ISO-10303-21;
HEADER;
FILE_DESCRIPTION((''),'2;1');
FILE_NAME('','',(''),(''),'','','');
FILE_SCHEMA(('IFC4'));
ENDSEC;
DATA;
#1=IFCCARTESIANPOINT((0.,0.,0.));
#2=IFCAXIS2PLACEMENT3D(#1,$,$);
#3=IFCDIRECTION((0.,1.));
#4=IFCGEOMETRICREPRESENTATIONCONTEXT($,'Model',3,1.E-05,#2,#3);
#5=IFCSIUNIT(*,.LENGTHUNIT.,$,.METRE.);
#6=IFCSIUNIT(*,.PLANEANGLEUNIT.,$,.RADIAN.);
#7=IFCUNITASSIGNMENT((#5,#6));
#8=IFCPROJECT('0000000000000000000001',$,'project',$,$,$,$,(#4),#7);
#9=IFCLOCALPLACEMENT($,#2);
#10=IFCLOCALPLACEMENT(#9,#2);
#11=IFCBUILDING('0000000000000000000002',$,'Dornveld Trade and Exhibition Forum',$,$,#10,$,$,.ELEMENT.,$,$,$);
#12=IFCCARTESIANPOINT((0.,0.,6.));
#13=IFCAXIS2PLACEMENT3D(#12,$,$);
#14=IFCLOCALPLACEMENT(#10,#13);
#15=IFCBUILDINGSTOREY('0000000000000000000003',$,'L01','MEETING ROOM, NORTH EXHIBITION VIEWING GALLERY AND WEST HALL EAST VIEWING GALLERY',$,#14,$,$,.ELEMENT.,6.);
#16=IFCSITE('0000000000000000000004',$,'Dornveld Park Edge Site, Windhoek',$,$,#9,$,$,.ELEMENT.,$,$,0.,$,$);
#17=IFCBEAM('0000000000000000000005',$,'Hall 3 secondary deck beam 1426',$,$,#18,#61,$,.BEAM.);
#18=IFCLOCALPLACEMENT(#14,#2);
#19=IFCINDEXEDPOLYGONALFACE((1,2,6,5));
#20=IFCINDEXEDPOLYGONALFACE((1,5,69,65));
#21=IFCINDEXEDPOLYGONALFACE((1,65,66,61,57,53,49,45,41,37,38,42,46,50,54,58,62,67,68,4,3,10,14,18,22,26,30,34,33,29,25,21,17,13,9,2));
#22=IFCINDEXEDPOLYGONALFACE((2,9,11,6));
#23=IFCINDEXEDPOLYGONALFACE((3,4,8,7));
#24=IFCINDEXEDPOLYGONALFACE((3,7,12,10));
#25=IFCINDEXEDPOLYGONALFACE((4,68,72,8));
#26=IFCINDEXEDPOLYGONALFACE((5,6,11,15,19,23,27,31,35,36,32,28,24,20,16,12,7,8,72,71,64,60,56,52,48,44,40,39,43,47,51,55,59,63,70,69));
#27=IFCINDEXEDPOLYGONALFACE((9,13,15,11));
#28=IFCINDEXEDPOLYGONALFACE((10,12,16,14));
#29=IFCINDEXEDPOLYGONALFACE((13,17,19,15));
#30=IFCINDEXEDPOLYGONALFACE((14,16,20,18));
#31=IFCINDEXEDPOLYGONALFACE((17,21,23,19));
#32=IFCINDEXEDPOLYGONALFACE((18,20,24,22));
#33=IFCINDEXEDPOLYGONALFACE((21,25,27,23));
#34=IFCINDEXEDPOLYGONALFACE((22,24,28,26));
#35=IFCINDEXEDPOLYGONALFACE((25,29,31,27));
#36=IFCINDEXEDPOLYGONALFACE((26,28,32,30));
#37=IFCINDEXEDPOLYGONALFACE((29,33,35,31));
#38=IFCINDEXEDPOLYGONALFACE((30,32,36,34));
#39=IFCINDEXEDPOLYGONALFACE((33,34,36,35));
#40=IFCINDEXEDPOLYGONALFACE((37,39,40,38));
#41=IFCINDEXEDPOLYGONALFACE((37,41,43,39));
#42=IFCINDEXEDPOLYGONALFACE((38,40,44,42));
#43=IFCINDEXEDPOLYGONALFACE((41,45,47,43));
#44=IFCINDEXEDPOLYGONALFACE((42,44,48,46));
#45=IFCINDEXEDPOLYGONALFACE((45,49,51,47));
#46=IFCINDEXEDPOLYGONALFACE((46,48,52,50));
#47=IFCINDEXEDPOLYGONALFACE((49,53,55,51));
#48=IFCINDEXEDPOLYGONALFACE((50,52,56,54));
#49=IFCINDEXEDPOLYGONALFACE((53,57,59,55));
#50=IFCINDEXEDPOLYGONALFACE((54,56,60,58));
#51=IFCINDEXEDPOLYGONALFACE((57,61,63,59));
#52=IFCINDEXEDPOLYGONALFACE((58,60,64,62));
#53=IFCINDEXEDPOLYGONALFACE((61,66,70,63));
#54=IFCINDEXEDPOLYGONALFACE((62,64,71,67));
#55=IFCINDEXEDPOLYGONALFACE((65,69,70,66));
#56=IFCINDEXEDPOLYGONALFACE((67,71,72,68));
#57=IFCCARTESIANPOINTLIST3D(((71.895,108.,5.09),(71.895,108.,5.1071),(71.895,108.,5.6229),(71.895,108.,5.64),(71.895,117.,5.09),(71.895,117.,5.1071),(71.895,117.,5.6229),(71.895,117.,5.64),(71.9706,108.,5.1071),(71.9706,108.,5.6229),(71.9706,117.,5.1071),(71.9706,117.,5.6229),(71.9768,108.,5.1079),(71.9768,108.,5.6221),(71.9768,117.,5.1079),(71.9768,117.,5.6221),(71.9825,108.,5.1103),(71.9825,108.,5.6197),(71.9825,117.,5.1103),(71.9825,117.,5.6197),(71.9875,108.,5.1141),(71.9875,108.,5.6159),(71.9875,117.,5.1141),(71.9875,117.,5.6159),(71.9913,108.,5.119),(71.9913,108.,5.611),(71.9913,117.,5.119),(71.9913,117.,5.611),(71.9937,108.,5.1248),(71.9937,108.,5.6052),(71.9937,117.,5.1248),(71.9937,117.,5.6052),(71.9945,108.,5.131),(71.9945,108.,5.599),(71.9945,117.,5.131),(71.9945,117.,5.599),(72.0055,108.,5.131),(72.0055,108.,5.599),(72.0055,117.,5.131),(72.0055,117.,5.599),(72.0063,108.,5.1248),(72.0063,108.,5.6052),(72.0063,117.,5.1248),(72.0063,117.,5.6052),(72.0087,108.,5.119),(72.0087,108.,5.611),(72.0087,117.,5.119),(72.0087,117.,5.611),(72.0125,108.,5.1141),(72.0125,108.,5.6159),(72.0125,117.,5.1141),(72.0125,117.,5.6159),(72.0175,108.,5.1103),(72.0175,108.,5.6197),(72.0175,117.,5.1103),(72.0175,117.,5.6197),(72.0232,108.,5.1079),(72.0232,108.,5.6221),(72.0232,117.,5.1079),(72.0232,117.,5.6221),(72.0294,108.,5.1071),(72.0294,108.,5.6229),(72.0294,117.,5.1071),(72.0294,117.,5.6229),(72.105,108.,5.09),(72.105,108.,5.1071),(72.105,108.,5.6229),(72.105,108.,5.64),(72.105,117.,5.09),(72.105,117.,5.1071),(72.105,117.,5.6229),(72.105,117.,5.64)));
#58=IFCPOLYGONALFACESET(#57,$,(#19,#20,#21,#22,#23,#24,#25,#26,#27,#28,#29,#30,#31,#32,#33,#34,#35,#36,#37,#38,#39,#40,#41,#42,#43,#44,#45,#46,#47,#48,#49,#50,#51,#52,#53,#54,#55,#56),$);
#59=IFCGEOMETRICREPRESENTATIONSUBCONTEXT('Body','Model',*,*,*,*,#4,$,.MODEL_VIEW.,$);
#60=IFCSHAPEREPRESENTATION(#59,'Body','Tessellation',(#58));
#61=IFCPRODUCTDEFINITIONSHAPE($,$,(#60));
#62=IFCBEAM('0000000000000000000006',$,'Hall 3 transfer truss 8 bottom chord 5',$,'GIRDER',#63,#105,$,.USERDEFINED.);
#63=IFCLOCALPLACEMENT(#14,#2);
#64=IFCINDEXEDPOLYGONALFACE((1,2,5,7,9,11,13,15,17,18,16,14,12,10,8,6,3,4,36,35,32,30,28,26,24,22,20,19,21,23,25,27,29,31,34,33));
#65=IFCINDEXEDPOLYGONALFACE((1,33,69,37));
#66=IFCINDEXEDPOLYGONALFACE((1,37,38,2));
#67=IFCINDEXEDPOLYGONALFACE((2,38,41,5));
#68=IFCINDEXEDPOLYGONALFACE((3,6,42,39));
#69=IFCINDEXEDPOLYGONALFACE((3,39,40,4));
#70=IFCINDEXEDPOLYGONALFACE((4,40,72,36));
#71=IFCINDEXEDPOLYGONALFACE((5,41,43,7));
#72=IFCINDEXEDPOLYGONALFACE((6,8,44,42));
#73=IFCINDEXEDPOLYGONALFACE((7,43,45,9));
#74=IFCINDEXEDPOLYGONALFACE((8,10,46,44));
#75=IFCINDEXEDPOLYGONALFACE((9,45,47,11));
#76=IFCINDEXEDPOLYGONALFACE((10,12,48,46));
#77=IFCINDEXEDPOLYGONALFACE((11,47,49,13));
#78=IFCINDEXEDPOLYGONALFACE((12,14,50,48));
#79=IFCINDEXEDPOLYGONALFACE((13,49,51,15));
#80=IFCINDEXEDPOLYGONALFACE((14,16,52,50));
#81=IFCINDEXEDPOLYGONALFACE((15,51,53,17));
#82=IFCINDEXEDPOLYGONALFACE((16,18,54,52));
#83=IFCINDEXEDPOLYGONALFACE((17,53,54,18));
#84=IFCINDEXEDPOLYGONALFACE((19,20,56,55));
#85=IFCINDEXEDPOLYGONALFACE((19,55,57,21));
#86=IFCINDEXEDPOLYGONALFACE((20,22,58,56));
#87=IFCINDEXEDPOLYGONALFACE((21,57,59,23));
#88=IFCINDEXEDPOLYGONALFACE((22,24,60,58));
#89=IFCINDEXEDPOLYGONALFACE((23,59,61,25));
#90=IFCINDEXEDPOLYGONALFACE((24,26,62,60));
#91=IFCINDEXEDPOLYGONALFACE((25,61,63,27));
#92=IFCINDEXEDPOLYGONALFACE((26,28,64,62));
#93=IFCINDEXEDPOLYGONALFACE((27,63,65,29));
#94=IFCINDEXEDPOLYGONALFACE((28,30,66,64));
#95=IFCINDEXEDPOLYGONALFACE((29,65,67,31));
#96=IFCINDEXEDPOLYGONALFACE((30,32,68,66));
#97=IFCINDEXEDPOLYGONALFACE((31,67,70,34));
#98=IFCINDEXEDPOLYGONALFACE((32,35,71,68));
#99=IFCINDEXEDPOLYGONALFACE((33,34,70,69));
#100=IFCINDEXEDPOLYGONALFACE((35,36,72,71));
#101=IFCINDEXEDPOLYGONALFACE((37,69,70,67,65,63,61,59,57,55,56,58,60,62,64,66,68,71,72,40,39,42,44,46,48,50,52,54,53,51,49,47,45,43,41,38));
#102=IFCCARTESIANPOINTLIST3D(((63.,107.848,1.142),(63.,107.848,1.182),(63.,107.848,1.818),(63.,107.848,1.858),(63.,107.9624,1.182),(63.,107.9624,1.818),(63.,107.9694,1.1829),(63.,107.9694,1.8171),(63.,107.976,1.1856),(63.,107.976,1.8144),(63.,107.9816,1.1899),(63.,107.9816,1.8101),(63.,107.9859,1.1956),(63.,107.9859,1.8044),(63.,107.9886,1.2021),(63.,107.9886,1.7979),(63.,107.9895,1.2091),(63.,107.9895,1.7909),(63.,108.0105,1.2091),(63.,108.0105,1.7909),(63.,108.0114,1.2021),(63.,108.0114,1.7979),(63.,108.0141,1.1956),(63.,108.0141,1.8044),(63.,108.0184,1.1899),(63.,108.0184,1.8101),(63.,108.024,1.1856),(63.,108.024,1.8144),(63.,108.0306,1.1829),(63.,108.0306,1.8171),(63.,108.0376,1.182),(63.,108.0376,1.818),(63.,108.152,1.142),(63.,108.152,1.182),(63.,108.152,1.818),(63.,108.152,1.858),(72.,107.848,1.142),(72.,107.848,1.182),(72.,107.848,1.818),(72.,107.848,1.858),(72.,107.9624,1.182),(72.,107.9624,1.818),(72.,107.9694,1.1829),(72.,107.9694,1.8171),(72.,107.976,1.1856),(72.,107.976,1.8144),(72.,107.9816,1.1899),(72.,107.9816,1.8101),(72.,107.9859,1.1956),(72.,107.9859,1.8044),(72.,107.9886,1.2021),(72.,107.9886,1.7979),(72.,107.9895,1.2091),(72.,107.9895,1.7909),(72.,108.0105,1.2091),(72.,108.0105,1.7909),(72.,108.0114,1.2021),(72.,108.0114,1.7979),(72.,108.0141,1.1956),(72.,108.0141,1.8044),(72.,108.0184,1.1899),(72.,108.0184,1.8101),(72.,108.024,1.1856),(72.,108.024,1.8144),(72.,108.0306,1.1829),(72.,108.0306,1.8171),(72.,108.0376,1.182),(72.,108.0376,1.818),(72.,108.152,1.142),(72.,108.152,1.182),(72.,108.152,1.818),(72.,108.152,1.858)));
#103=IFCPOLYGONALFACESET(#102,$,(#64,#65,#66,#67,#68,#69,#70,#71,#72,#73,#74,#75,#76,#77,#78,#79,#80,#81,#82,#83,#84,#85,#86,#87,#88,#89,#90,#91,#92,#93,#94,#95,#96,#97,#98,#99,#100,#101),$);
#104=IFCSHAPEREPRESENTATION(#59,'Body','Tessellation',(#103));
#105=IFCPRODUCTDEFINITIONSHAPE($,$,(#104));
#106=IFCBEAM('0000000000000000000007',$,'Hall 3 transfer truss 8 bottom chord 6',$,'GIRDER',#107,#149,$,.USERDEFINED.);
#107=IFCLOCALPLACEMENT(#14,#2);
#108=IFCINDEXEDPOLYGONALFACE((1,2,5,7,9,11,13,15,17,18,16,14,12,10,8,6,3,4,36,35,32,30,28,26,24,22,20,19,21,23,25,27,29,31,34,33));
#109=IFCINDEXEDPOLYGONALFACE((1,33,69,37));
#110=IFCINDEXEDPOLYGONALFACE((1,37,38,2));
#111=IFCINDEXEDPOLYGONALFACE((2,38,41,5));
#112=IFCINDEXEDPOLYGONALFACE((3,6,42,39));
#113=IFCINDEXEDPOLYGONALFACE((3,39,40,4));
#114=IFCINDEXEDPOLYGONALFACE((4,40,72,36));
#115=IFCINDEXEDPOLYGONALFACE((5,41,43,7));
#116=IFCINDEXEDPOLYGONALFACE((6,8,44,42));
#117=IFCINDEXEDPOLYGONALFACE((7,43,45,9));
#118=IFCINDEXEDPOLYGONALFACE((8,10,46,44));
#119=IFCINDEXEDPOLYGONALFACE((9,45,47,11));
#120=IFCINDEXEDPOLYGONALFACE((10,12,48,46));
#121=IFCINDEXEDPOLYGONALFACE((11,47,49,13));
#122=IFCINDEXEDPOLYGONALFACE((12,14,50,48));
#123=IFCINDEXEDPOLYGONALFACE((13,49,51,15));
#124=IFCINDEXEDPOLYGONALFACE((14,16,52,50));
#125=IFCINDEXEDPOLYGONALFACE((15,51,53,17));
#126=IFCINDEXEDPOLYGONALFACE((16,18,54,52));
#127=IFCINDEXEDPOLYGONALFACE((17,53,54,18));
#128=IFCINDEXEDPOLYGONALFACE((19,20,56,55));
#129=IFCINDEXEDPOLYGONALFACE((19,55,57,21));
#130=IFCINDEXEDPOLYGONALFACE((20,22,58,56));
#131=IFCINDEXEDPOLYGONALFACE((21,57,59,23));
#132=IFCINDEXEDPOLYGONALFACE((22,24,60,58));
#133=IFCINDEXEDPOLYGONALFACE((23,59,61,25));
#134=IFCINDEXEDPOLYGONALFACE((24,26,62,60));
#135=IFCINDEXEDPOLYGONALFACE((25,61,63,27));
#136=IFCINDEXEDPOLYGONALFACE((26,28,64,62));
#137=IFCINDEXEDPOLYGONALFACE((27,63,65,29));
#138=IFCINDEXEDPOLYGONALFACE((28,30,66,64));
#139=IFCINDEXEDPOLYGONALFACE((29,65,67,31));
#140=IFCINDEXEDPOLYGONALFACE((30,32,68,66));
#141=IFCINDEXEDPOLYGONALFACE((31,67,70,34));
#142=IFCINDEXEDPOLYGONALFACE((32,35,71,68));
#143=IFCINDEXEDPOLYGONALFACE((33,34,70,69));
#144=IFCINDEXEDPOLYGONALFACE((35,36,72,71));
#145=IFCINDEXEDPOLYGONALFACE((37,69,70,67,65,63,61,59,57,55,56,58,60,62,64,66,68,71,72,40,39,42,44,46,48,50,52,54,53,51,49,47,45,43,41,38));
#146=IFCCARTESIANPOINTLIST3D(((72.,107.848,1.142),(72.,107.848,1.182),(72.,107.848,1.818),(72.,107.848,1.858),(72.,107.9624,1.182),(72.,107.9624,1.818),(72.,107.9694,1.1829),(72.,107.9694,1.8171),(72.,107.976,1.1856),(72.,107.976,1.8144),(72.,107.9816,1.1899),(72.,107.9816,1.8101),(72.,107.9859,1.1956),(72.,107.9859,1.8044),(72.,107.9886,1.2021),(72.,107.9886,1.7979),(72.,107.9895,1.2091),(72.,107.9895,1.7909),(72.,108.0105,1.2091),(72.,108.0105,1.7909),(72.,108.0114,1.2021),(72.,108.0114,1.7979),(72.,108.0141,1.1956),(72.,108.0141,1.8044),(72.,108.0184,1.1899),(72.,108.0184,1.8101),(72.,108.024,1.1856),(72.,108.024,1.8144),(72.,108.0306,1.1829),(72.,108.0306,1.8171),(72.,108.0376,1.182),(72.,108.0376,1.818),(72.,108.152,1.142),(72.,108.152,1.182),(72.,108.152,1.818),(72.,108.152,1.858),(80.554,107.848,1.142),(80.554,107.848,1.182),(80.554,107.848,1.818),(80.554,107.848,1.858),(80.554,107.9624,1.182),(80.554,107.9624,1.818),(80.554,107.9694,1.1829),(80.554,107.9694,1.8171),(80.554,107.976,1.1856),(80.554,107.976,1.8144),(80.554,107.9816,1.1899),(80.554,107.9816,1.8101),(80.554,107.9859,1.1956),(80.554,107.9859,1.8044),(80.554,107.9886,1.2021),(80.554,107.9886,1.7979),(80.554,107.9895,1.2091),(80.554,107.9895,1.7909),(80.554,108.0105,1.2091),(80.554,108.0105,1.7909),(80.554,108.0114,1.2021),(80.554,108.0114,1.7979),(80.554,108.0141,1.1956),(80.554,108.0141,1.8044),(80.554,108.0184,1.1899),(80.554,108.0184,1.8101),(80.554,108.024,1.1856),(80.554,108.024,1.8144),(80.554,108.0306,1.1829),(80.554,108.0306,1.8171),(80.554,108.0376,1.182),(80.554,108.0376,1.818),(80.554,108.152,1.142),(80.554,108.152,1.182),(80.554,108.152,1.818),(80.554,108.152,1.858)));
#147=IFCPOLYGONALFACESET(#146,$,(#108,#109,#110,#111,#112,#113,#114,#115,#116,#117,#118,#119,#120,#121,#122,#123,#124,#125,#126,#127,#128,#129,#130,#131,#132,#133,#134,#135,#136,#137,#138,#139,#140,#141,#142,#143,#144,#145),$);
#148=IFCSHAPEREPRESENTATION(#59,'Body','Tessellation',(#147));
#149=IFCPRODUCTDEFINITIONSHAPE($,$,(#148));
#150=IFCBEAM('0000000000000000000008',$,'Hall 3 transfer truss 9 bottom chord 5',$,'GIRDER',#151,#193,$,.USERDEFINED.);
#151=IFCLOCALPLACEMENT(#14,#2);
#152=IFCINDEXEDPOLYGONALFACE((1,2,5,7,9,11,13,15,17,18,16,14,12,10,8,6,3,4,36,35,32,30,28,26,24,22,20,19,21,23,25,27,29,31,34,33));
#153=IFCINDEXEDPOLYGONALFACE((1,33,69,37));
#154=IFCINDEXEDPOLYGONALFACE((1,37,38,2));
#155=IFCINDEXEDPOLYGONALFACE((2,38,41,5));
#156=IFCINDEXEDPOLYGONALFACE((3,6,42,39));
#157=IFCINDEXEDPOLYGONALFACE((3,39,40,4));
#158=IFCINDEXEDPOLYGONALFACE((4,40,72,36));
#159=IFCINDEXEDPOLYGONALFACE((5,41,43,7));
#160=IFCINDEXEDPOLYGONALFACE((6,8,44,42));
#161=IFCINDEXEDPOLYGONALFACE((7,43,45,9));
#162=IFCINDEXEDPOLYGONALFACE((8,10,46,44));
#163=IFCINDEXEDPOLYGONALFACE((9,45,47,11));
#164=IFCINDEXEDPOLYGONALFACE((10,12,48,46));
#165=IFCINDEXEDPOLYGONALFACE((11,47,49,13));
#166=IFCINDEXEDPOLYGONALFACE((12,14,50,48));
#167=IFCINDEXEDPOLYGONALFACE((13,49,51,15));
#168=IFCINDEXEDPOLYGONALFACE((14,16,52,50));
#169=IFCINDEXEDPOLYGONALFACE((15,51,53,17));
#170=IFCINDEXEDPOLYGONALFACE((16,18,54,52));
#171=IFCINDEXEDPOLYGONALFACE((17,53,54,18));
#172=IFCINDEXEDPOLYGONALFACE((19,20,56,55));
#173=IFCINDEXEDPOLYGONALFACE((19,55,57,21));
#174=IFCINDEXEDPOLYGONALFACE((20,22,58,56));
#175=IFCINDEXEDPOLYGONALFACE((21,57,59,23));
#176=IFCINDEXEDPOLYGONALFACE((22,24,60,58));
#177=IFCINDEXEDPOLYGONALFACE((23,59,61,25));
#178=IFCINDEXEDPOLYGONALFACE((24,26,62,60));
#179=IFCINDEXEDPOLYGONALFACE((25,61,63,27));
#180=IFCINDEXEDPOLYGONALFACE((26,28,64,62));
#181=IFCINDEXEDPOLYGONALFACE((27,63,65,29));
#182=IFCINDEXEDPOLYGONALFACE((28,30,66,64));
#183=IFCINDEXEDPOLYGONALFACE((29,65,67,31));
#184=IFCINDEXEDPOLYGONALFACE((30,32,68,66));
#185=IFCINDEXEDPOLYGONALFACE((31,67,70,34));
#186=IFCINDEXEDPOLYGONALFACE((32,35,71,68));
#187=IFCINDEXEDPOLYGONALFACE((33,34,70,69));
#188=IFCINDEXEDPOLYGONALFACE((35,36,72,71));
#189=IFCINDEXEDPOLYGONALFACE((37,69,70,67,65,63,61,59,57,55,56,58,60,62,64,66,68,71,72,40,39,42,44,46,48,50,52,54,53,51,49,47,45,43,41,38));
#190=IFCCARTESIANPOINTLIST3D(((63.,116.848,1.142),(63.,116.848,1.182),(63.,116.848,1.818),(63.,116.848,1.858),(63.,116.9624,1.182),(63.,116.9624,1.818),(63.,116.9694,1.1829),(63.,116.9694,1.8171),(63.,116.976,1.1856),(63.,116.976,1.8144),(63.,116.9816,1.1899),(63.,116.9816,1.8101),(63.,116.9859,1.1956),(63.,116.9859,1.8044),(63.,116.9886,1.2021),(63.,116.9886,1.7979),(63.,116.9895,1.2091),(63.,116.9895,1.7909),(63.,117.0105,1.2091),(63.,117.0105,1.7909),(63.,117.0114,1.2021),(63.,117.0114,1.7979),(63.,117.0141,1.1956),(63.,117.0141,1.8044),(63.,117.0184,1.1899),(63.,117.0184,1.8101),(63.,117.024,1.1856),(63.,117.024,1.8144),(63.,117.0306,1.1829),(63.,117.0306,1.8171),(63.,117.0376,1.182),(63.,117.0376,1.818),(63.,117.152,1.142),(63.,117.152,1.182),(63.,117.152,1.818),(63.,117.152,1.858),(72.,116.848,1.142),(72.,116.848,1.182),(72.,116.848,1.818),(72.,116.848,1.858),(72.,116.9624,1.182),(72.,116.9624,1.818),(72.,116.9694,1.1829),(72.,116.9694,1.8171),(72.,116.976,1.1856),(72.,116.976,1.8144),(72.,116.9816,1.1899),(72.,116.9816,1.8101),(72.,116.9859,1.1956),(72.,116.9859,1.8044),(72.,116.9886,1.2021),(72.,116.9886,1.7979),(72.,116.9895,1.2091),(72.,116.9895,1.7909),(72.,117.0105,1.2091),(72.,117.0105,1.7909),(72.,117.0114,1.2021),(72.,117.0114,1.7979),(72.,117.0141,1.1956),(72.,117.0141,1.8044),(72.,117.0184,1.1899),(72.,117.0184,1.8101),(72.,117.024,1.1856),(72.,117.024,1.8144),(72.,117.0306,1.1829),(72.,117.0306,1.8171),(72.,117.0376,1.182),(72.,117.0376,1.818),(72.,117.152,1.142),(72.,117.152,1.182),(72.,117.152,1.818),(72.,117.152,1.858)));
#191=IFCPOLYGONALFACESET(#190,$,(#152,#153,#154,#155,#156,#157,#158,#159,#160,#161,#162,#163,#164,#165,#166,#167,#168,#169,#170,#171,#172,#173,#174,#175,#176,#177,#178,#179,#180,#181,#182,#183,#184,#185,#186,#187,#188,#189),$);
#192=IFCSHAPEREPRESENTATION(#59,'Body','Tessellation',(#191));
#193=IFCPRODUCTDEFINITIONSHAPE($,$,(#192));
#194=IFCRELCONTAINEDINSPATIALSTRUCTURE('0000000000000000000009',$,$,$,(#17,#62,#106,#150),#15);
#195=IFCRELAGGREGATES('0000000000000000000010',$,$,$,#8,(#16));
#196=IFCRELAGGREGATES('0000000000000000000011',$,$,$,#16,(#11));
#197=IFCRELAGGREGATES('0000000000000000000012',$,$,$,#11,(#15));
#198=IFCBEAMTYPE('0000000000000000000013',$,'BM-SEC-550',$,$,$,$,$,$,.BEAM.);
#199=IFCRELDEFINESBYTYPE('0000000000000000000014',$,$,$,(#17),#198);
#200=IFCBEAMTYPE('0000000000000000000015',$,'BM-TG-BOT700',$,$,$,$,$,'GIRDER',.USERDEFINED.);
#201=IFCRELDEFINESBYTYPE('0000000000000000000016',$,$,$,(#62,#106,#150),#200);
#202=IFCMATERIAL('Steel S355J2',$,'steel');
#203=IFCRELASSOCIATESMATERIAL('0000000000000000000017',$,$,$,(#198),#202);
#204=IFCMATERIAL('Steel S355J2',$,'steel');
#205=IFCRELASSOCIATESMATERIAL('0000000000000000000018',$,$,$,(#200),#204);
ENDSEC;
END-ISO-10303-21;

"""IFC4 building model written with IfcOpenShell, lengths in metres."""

from ifc_helpers import new_model, si_unit, direction, frame, origin, origin_2d, place, context, subcontext, project, spatial, i_section, extrude, material, material_profile, profile_set, type_object, element, save


model = new_model("IFC4")

# Units and contexts
model_context = context("Model", 3, precision=1e-05, world=origin(), true_north=direction((0.0, 1.0)))
body_context = subcontext(model_context, "Body", "Model", "MODEL_VIEW")
ifc_project = project(units=[si_unit("LENGTHUNIT", "METRE"), si_unit("PLANEANGLEUNIT", "RADIAN")], contexts=[model_context])

# Site, building, storey
site_placement = place(None, origin())
site = spatial("IfcSite", under=ifc_project, at=site_placement, Name="Dornveld Park Edge Site, Windhoek", CompositionType="ELEMENT", RefElevation=0.0)
building_placement = place(site_placement, origin())
building = spatial("IfcBuilding", under=site, at=building_placement, Name="Dornveld Trade and Exhibition Forum", CompositionType="ELEMENT")
storey_placement = place(building_placement, frame((0.0, 0.0, 6.0)))
storey = spatial("IfcBuildingStorey", under=building, at=storey_placement, Name="L01", Description="MEETING ROOM, NORTH EXHIBITION VIEWING GALLERY AND WEST HALL EAST VIEWING GALLERY", CompositionType="ELEMENT", Elevation=6.0)

# Beams
ifc_material_1 = material(Name="Steel S355J2", Category="steel")
ifc_material_profile_1 = material_profile(ifc_material_1, i_section(OverallWidth=0.21, OverallDepth=0.55, WebThickness=0.011, FlangeThickness=0.0171, FilletRadius=0.0239, at=origin_2d()), Name="IPE 550")
ifc_profile_set_1 = profile_set([ifc_material_profile_1], Name="Steel S355J2")
beam_type_1 = type_object("IfcBeamType", Name="BM-SEC-550", PredefinedType="BEAM", material=ifc_profile_set_1)
beam_1_placement = place(storey_placement, frame((72.0, 108.0, 5.365), z_axis=(0.0, 1.0, 0.0), x_axis=(-1.0, 0.0, 0.0)))
element("IfcBeam", 1, at=beam_1_placement, inside=storey, type_object=beam_type_1, Name="Hall 3 secondary deck beam 1426", PredefinedType="BEAM", context=body_context, shape_type="SweptSolid", body=[
    extrude(i_section(OverallWidth=0.21, OverallDepth=0.55, WebThickness=0.011, FlangeThickness=0.0171, FilletRadius=0.0239, at=origin_2d()), origin(), (0.0, 0.0, 1.0), 9.0),
])
ifc_material_2 = material(Name="Steel S355J2", Category="steel")
ifc_material_profile_2 = material_profile(ifc_material_2, i_section(OverallWidth=0.304, OverallDepth=0.7161, WebThickness=0.021, FlangeThickness=0.04, FilletRadius=0.0271, at=origin_2d()), Name="HEM 700")
ifc_profile_set_2 = profile_set([ifc_material_profile_2], Name="Steel S355J2")
beam_type_2 = type_object("IfcBeamType", Name="BM-TG-BOT700", ElementType="GIRDER", PredefinedType="USERDEFINED", material=ifc_profile_set_2)
beam_2_placement = place(storey_placement, frame((63.0, 108.0, 1.5), z_axis=(1.0, 0.0, 0.0), x_axis=(0.0, 1.0, 0.0)))
element("IfcBeam", 2, at=beam_2_placement, inside=storey, type_object=beam_type_2, Name="Hall 3 transfer truss 8 bottom chord 5", ObjectType="GIRDER", PredefinedType="USERDEFINED", context=body_context, shape_type="SweptSolid", body=[
    extrude(i_section(OverallWidth=0.304, OverallDepth=0.7161, WebThickness=0.021, FlangeThickness=0.04, FilletRadius=0.0271, at=origin_2d()), origin(), (0.0, 0.0, 1.0), 9.0),
])
beam_3_placement = place(storey_placement, frame((72.0, 108.0, 1.5), z_axis=(1.0, 0.0, 0.0), x_axis=(0.0, 1.0, 0.0)))
element("IfcBeam", 3, at=beam_3_placement, inside=storey, type_object=beam_type_2, Name="Hall 3 transfer truss 8 bottom chord 6", ObjectType="GIRDER", PredefinedType="USERDEFINED", context=body_context, shape_type="SweptSolid", body=[
    extrude(i_section(OverallWidth=0.304, OverallDepth=0.7161, WebThickness=0.021, FlangeThickness=0.04, FilletRadius=0.0271, at=origin_2d()), origin(), (0.0, 0.0, 1.0), 8.554),
])
for number, where, z_axis, x_axis, name in (
    (4, (63.0, 117.0, 1.5), (1.0, 0.0, 0.0), (0.0, 1.0, 0.0), "Hall 3 transfer truss 9 bottom chord 5"),
):
    element("IfcBeam", number, at=place(storey_placement, frame(where, z_axis=z_axis, x_axis=x_axis)), inside=storey, type_object=beam_type_2, Name=name, ObjectType="GIRDER", PredefinedType="USERDEFINED", context=body_context, shape_type="SweptSolid", body=[
        extrude(i_section(OverallWidth=0.304, OverallDepth=0.7161, WebThickness=0.021, FlangeThickness=0.04, FilletRadius=0.0271, at=origin_2d()), origin(), (0.0, 0.0, 1.0), 9.0),
    ])

save(model, "model.ifc")
